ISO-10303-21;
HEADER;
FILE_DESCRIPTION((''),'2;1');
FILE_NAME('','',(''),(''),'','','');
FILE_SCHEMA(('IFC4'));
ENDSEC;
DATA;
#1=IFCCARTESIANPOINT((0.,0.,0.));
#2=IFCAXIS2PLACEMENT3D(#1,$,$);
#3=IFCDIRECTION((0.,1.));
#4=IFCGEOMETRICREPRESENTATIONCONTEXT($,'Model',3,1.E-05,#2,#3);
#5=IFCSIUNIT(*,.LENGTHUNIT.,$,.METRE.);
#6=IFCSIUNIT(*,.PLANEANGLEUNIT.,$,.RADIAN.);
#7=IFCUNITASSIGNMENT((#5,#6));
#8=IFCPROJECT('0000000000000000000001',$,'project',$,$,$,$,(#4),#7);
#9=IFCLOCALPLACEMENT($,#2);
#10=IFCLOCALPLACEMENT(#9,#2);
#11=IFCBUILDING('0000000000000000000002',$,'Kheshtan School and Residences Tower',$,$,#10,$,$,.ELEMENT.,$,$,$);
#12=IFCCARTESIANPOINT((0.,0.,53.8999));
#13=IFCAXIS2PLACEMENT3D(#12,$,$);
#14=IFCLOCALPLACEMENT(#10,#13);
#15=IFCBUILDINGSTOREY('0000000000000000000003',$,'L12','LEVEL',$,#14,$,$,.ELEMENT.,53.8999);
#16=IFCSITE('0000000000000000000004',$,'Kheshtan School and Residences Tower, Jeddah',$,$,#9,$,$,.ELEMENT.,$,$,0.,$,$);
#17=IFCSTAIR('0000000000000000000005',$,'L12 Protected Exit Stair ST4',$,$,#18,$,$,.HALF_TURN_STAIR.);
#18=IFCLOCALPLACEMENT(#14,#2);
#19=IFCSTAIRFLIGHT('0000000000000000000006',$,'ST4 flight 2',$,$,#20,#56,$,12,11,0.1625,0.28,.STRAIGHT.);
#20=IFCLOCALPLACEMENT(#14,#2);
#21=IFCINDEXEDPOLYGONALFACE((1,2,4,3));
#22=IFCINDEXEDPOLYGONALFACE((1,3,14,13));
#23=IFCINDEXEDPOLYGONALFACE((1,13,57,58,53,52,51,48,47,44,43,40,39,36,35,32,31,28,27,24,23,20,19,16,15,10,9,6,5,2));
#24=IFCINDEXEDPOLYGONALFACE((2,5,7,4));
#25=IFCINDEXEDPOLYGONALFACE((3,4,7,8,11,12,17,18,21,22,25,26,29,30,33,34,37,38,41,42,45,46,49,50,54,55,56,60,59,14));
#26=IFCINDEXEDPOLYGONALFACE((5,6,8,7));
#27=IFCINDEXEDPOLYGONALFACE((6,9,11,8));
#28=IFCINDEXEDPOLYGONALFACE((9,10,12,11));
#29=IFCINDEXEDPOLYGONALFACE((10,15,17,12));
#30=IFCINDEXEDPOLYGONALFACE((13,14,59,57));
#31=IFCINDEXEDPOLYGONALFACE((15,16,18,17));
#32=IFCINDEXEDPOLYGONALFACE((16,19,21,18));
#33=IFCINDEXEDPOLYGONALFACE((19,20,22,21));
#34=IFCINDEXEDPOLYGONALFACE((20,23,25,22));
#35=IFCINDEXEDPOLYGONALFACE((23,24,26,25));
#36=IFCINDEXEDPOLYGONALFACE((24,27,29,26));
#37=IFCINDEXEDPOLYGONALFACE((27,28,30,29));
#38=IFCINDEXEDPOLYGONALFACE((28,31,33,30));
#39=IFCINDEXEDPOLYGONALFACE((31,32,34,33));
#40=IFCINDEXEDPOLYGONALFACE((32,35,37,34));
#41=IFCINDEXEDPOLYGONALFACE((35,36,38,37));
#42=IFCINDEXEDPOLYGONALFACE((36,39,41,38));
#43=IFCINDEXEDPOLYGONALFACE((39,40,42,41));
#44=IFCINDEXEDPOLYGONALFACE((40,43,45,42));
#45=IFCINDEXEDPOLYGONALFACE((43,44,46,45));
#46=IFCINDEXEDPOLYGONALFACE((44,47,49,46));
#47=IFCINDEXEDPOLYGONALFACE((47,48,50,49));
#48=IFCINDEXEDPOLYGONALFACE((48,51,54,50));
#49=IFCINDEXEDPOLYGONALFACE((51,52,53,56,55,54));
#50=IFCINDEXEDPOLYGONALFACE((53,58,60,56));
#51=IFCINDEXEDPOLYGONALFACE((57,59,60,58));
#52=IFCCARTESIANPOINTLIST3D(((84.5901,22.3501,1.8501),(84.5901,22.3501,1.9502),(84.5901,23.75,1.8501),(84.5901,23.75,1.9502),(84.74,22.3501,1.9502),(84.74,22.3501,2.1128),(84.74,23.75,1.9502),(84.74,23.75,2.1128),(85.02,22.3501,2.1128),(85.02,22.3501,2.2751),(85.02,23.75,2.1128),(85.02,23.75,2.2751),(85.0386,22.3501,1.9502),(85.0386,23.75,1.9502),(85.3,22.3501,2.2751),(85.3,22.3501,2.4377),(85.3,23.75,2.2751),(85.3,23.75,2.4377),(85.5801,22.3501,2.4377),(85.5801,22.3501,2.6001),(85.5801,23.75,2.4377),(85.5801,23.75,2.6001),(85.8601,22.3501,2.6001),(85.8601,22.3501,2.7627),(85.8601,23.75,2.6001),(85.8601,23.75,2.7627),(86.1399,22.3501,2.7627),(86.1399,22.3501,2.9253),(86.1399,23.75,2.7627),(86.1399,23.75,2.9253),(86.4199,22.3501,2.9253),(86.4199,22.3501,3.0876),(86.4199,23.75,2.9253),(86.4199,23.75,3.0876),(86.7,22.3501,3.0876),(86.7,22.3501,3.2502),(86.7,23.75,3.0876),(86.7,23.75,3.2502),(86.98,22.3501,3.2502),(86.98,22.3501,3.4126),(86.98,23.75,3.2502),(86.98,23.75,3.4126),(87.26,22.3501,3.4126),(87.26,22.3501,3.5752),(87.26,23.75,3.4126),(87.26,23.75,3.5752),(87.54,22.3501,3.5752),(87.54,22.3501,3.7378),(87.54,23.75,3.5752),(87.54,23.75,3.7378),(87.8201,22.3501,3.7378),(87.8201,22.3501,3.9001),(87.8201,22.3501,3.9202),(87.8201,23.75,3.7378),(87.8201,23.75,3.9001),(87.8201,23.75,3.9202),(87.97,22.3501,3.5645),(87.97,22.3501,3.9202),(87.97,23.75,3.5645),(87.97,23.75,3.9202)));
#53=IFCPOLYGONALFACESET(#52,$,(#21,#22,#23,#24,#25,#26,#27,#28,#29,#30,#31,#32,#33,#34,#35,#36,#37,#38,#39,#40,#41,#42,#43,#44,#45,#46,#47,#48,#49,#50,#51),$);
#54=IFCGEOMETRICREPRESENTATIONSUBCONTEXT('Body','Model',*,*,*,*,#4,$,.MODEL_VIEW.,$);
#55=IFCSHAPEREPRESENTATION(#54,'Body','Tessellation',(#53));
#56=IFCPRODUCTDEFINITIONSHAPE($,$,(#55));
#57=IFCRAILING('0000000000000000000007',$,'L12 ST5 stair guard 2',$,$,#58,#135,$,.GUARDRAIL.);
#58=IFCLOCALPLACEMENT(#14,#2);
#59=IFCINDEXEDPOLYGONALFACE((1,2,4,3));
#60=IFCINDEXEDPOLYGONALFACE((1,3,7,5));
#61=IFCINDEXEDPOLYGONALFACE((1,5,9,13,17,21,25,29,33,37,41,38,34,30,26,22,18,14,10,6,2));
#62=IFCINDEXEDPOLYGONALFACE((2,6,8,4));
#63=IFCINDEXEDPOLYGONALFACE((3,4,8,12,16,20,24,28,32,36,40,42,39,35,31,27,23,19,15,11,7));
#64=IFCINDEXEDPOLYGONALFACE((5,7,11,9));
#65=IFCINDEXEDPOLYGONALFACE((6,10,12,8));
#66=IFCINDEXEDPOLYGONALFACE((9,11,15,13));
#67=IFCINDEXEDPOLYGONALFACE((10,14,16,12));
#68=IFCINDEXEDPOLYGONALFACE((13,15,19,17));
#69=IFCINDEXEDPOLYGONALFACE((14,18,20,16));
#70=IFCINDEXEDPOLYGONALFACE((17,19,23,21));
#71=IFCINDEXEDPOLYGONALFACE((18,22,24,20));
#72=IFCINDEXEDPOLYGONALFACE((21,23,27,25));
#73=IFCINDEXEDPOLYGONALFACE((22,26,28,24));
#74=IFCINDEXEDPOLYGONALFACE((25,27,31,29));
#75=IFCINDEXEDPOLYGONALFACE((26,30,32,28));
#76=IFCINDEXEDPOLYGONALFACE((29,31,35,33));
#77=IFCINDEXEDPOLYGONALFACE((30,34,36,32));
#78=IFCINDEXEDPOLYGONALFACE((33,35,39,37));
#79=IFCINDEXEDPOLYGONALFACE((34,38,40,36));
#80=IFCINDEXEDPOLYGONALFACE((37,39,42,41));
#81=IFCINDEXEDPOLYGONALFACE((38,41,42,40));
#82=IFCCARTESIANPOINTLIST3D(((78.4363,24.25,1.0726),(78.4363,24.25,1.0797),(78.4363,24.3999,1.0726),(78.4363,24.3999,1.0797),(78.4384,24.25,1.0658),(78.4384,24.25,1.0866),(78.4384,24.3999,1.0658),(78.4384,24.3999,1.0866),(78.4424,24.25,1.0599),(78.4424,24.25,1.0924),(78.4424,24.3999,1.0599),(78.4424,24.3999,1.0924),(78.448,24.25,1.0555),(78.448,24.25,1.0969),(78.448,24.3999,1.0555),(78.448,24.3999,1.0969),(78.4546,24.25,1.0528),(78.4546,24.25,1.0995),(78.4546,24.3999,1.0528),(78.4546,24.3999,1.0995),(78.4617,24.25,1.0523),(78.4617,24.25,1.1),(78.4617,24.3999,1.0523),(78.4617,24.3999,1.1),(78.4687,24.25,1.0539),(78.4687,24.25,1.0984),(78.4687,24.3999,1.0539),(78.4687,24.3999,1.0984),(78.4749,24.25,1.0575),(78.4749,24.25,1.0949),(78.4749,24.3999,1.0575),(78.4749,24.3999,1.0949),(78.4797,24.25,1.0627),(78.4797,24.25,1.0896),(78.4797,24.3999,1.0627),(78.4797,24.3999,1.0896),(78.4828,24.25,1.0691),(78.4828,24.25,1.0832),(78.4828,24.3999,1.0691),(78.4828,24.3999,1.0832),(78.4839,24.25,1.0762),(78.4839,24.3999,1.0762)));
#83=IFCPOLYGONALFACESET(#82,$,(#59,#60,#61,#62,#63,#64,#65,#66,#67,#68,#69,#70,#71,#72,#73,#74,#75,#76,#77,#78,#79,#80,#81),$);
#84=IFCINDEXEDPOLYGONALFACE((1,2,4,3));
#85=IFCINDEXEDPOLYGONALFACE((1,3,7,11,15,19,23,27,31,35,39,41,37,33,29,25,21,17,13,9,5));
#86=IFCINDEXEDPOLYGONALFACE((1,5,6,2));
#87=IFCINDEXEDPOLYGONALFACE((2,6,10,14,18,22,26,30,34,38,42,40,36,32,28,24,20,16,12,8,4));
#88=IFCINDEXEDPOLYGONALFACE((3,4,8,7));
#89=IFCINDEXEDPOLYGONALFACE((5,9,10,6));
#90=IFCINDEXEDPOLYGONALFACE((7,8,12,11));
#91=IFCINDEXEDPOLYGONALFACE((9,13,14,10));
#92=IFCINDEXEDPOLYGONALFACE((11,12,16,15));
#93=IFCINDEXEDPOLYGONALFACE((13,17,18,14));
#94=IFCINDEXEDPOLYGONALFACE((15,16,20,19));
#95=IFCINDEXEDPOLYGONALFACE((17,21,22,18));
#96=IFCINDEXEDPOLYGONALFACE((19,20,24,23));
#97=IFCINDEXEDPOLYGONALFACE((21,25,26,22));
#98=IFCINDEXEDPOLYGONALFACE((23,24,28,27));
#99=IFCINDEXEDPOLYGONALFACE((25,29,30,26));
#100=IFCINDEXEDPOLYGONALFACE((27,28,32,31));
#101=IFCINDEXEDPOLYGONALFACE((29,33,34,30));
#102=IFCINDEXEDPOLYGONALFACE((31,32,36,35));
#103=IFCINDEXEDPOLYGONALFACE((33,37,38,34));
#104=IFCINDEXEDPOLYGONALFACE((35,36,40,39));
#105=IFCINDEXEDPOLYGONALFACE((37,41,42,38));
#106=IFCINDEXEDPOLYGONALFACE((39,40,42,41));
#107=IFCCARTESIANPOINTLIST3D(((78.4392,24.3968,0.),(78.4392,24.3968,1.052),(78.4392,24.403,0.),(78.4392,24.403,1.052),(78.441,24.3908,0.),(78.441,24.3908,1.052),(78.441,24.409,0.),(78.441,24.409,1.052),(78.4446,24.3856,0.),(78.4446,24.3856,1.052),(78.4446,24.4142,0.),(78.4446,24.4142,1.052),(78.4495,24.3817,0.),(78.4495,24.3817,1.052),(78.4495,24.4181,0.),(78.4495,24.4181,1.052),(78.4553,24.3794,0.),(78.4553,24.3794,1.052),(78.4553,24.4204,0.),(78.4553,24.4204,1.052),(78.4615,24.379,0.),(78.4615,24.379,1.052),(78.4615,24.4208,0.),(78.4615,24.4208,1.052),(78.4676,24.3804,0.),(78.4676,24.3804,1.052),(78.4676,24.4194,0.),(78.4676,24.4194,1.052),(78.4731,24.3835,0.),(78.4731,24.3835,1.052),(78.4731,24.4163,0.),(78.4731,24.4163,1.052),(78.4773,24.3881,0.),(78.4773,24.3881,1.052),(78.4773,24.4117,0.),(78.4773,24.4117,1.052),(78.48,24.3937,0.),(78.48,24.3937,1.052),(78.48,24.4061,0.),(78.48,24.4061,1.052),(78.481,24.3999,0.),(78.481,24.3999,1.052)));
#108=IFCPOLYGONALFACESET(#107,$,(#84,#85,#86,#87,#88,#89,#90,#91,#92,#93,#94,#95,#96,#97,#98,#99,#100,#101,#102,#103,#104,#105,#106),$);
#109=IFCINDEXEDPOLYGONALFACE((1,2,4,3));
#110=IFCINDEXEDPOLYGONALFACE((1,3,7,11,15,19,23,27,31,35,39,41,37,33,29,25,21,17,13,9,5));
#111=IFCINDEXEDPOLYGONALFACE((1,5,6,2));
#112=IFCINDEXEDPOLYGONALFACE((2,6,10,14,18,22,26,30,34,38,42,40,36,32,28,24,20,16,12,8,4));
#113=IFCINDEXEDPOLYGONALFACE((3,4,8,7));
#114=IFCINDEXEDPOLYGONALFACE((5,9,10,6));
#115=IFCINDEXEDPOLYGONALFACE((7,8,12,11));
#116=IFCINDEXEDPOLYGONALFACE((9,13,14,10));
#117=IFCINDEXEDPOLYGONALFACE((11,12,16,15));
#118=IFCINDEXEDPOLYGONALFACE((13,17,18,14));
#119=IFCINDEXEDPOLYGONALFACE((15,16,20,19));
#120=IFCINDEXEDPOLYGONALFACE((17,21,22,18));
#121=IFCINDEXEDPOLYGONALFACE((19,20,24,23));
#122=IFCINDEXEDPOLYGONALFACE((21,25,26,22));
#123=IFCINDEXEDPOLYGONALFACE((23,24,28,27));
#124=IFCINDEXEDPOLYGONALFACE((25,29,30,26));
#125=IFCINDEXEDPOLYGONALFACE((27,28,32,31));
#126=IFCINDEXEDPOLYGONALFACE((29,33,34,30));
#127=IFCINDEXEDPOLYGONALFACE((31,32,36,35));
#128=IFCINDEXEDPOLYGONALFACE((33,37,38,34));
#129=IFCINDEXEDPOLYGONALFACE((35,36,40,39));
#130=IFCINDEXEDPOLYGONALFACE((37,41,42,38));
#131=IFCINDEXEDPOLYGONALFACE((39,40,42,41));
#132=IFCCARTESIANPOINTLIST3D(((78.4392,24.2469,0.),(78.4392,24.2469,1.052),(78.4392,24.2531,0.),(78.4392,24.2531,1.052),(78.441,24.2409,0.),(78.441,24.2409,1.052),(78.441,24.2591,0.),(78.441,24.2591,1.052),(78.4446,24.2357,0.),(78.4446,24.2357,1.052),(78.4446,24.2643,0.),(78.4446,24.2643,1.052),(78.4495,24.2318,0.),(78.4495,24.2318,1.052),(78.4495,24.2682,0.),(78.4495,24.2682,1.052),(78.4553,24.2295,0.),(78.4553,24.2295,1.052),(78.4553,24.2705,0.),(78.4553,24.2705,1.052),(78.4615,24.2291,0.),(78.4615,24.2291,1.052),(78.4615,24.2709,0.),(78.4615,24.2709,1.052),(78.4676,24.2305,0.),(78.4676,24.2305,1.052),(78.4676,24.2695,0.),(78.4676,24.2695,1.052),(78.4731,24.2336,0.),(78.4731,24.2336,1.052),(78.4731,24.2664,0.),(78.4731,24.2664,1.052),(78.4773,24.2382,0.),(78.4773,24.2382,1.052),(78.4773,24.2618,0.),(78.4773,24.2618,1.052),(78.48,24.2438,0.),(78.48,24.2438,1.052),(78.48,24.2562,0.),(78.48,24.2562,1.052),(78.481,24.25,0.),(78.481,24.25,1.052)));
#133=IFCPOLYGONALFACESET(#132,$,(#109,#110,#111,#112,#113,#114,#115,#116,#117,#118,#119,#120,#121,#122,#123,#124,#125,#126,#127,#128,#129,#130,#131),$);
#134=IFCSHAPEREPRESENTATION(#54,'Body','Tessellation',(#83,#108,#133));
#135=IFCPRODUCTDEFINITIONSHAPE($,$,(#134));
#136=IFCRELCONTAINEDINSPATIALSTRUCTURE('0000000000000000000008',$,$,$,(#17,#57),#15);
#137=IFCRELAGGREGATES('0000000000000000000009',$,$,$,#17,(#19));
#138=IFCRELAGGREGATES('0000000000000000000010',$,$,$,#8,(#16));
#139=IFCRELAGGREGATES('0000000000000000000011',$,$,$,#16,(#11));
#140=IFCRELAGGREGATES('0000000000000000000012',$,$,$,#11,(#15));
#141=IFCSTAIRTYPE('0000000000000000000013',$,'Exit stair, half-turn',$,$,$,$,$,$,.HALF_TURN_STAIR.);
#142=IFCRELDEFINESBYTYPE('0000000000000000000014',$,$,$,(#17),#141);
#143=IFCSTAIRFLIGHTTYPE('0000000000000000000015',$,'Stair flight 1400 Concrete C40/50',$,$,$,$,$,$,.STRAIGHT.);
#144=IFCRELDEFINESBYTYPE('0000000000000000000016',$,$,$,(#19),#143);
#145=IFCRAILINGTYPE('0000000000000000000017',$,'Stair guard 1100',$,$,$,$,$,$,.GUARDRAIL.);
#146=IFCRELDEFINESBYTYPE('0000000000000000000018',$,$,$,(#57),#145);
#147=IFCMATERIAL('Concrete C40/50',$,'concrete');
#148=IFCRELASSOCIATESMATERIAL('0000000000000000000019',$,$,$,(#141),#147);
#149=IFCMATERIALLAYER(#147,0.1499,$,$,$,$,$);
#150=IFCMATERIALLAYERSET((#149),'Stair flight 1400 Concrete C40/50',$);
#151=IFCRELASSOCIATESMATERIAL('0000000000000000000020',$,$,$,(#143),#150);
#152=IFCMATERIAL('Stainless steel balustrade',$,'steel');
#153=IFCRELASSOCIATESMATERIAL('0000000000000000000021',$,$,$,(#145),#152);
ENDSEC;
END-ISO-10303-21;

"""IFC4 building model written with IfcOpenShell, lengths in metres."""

from ifc_helpers import new_model, si_unit, direction, frame, origin, origin_2d, place, context, subcontext, project, spatial, polyline, circle, outline, extrude, material, layer, layer_set, type_object, element, aggregate, save


model = new_model("IFC4")

# Units and contexts
model_context = context("Model", 3, precision=1e-05, world=origin(), true_north=direction((0.0, 1.0)))
body_context = subcontext(model_context, "Body", "Model", "MODEL_VIEW")
ifc_project = project(units=[si_unit("LENGTHUNIT", "METRE"), si_unit("PLANEANGLEUNIT", "RADIAN")], contexts=[model_context])

# Site, building, storey
site_placement = place(None, origin())
site = spatial("IfcSite", under=ifc_project, at=site_placement, Name="Kheshtan School and Residences Tower, Jeddah", CompositionType="ELEMENT", RefElevation=0.0)
building_placement = place(site_placement, origin())
building = spatial("IfcBuilding", under=site, at=building_placement, Name="Kheshtan School and Residences Tower", CompositionType="ELEMENT")
storey_placement = place(building_placement, frame((0.0, 0.0, 53.8999)))
storey = spatial("IfcBuildingStorey", under=building, at=storey_placement, Name="L12", Description="LEVEL", CompositionType="ELEMENT", Elevation=53.8999)

# Shared definitions
ifc_material_1 = material(Name="Concrete C40/50", Category="concrete")

# Stair, stair flight
stair_type = type_object("IfcStairType", Name="Exit stair, half-turn", PredefinedType="HALF_TURN_STAIR", material=ifc_material_1)
stair_placement = place(storey_placement, origin())
stair = element("IfcStair", 1, at=stair_placement, inside=storey, type_object=stair_type, Name="L12 Protected Exit Stair ST4", PredefinedType="HALF_TURN_STAIR")
ifc_layer_1 = layer(ifc_material_1, 0.1499)
ifc_layer_set_1 = layer_set([ifc_layer_1], Name="Stair flight 1400 Concrete C40/50")
stair_flight_type = type_object("IfcStairFlightType", Name="Stair flight 1400 Concrete C40/50", PredefinedType="STRAIGHT", material=ifc_layer_set_1)
stair_flight_1_placement = place(storey_placement, frame((84.74, 23.05, 1.9502), z_axis=(0.0, 0.0, 1.0), x_axis=(1.0, 0.0, 0.0)))
stair_flight_1 = element("IfcStairFlight", 2, at=stair_flight_1_placement, type_object=stair_flight_type, Name="ST4 flight 2", NumberOfRisers=12, NumberOfTreads=11, PredefinedType="STRAIGHT", RiserHeight=0.1625, TreadLength=0.28, context=body_context, shape_type="SweptSolid", body=[
    extrude(outline(polyline([(-0.1499, -0.1001), (-0.1499, 0.0), (0.0, 0.0), (0.0, 0.1626), (0.28, 0.1626), (0.28, 0.325), (0.5601, 0.325), (0.5601, 0.4875), (0.8401, 0.4875), (0.8401, 0.6499), (1.1201, 0.6499), (1.1201, 0.8125), (1.3999, 0.8125), (1.3999, 0.9751), (1.6799, 0.9751), (1.6799, 1.1375), (1.96, 1.1375), (1.96, 1.3), (2.24, 1.3), (2.24, 1.4624), (2.52, 1.4624), (2.52, 1.625), (2.8, 1.625), (2.8, 1.7876), (3.0801, 1.7876), (3.0801, 1.95), (3.0801, 1.97), (3.23, 1.97), (3.23, 1.6143), (0.2986, 0.0), (-0.1499, -0.1001)])), frame((0.0, 0.7, 0.0), z_axis=(0.0, -1.0, 0.0), x_axis=(1.0, 0.0, 0.0)), (0.0, 0.0, 1.0), 1.3999),
])
aggregate(stair, [stair_flight_1])

# Railing
ifc_material_2 = material(Name="Stainless steel balustrade", Category="steel")
railing_type_1 = type_object("IfcRailingType", Name="Stair guard 1100", PredefinedType="GUARDRAIL", material=ifc_material_2)
railing_1_placement = place(storey_placement, frame((78.46, 24.3999, 0.0)))
element("IfcRailing", 3, at=railing_1_placement, inside=storey, type_object=railing_type_1, Name="L12 ST5 stair guard 2", PredefinedType="GUARDRAIL", context=body_context, shape_type="SweptSolid", body=[
    extrude(circle(Radius=0.0239, at=origin_2d()), frame((0.0, 0.0, 1.0762), z_axis=(0.0, -1.0, 0.0), x_axis=(1.0, 0.0, 0.0)), (0.0, 0.0, 1.0), 0.1499),
    extrude(circle(Radius=0.021, at=origin_2d()), origin(), (0.0, 0.0, 1.0), 1.052),
    extrude(circle(Radius=0.021, at=origin_2d()), frame((0.0, -0.1499, 0.0)), (0.0, 0.0, 1.0), 1.052),
])

save(model, "model.ifc")
